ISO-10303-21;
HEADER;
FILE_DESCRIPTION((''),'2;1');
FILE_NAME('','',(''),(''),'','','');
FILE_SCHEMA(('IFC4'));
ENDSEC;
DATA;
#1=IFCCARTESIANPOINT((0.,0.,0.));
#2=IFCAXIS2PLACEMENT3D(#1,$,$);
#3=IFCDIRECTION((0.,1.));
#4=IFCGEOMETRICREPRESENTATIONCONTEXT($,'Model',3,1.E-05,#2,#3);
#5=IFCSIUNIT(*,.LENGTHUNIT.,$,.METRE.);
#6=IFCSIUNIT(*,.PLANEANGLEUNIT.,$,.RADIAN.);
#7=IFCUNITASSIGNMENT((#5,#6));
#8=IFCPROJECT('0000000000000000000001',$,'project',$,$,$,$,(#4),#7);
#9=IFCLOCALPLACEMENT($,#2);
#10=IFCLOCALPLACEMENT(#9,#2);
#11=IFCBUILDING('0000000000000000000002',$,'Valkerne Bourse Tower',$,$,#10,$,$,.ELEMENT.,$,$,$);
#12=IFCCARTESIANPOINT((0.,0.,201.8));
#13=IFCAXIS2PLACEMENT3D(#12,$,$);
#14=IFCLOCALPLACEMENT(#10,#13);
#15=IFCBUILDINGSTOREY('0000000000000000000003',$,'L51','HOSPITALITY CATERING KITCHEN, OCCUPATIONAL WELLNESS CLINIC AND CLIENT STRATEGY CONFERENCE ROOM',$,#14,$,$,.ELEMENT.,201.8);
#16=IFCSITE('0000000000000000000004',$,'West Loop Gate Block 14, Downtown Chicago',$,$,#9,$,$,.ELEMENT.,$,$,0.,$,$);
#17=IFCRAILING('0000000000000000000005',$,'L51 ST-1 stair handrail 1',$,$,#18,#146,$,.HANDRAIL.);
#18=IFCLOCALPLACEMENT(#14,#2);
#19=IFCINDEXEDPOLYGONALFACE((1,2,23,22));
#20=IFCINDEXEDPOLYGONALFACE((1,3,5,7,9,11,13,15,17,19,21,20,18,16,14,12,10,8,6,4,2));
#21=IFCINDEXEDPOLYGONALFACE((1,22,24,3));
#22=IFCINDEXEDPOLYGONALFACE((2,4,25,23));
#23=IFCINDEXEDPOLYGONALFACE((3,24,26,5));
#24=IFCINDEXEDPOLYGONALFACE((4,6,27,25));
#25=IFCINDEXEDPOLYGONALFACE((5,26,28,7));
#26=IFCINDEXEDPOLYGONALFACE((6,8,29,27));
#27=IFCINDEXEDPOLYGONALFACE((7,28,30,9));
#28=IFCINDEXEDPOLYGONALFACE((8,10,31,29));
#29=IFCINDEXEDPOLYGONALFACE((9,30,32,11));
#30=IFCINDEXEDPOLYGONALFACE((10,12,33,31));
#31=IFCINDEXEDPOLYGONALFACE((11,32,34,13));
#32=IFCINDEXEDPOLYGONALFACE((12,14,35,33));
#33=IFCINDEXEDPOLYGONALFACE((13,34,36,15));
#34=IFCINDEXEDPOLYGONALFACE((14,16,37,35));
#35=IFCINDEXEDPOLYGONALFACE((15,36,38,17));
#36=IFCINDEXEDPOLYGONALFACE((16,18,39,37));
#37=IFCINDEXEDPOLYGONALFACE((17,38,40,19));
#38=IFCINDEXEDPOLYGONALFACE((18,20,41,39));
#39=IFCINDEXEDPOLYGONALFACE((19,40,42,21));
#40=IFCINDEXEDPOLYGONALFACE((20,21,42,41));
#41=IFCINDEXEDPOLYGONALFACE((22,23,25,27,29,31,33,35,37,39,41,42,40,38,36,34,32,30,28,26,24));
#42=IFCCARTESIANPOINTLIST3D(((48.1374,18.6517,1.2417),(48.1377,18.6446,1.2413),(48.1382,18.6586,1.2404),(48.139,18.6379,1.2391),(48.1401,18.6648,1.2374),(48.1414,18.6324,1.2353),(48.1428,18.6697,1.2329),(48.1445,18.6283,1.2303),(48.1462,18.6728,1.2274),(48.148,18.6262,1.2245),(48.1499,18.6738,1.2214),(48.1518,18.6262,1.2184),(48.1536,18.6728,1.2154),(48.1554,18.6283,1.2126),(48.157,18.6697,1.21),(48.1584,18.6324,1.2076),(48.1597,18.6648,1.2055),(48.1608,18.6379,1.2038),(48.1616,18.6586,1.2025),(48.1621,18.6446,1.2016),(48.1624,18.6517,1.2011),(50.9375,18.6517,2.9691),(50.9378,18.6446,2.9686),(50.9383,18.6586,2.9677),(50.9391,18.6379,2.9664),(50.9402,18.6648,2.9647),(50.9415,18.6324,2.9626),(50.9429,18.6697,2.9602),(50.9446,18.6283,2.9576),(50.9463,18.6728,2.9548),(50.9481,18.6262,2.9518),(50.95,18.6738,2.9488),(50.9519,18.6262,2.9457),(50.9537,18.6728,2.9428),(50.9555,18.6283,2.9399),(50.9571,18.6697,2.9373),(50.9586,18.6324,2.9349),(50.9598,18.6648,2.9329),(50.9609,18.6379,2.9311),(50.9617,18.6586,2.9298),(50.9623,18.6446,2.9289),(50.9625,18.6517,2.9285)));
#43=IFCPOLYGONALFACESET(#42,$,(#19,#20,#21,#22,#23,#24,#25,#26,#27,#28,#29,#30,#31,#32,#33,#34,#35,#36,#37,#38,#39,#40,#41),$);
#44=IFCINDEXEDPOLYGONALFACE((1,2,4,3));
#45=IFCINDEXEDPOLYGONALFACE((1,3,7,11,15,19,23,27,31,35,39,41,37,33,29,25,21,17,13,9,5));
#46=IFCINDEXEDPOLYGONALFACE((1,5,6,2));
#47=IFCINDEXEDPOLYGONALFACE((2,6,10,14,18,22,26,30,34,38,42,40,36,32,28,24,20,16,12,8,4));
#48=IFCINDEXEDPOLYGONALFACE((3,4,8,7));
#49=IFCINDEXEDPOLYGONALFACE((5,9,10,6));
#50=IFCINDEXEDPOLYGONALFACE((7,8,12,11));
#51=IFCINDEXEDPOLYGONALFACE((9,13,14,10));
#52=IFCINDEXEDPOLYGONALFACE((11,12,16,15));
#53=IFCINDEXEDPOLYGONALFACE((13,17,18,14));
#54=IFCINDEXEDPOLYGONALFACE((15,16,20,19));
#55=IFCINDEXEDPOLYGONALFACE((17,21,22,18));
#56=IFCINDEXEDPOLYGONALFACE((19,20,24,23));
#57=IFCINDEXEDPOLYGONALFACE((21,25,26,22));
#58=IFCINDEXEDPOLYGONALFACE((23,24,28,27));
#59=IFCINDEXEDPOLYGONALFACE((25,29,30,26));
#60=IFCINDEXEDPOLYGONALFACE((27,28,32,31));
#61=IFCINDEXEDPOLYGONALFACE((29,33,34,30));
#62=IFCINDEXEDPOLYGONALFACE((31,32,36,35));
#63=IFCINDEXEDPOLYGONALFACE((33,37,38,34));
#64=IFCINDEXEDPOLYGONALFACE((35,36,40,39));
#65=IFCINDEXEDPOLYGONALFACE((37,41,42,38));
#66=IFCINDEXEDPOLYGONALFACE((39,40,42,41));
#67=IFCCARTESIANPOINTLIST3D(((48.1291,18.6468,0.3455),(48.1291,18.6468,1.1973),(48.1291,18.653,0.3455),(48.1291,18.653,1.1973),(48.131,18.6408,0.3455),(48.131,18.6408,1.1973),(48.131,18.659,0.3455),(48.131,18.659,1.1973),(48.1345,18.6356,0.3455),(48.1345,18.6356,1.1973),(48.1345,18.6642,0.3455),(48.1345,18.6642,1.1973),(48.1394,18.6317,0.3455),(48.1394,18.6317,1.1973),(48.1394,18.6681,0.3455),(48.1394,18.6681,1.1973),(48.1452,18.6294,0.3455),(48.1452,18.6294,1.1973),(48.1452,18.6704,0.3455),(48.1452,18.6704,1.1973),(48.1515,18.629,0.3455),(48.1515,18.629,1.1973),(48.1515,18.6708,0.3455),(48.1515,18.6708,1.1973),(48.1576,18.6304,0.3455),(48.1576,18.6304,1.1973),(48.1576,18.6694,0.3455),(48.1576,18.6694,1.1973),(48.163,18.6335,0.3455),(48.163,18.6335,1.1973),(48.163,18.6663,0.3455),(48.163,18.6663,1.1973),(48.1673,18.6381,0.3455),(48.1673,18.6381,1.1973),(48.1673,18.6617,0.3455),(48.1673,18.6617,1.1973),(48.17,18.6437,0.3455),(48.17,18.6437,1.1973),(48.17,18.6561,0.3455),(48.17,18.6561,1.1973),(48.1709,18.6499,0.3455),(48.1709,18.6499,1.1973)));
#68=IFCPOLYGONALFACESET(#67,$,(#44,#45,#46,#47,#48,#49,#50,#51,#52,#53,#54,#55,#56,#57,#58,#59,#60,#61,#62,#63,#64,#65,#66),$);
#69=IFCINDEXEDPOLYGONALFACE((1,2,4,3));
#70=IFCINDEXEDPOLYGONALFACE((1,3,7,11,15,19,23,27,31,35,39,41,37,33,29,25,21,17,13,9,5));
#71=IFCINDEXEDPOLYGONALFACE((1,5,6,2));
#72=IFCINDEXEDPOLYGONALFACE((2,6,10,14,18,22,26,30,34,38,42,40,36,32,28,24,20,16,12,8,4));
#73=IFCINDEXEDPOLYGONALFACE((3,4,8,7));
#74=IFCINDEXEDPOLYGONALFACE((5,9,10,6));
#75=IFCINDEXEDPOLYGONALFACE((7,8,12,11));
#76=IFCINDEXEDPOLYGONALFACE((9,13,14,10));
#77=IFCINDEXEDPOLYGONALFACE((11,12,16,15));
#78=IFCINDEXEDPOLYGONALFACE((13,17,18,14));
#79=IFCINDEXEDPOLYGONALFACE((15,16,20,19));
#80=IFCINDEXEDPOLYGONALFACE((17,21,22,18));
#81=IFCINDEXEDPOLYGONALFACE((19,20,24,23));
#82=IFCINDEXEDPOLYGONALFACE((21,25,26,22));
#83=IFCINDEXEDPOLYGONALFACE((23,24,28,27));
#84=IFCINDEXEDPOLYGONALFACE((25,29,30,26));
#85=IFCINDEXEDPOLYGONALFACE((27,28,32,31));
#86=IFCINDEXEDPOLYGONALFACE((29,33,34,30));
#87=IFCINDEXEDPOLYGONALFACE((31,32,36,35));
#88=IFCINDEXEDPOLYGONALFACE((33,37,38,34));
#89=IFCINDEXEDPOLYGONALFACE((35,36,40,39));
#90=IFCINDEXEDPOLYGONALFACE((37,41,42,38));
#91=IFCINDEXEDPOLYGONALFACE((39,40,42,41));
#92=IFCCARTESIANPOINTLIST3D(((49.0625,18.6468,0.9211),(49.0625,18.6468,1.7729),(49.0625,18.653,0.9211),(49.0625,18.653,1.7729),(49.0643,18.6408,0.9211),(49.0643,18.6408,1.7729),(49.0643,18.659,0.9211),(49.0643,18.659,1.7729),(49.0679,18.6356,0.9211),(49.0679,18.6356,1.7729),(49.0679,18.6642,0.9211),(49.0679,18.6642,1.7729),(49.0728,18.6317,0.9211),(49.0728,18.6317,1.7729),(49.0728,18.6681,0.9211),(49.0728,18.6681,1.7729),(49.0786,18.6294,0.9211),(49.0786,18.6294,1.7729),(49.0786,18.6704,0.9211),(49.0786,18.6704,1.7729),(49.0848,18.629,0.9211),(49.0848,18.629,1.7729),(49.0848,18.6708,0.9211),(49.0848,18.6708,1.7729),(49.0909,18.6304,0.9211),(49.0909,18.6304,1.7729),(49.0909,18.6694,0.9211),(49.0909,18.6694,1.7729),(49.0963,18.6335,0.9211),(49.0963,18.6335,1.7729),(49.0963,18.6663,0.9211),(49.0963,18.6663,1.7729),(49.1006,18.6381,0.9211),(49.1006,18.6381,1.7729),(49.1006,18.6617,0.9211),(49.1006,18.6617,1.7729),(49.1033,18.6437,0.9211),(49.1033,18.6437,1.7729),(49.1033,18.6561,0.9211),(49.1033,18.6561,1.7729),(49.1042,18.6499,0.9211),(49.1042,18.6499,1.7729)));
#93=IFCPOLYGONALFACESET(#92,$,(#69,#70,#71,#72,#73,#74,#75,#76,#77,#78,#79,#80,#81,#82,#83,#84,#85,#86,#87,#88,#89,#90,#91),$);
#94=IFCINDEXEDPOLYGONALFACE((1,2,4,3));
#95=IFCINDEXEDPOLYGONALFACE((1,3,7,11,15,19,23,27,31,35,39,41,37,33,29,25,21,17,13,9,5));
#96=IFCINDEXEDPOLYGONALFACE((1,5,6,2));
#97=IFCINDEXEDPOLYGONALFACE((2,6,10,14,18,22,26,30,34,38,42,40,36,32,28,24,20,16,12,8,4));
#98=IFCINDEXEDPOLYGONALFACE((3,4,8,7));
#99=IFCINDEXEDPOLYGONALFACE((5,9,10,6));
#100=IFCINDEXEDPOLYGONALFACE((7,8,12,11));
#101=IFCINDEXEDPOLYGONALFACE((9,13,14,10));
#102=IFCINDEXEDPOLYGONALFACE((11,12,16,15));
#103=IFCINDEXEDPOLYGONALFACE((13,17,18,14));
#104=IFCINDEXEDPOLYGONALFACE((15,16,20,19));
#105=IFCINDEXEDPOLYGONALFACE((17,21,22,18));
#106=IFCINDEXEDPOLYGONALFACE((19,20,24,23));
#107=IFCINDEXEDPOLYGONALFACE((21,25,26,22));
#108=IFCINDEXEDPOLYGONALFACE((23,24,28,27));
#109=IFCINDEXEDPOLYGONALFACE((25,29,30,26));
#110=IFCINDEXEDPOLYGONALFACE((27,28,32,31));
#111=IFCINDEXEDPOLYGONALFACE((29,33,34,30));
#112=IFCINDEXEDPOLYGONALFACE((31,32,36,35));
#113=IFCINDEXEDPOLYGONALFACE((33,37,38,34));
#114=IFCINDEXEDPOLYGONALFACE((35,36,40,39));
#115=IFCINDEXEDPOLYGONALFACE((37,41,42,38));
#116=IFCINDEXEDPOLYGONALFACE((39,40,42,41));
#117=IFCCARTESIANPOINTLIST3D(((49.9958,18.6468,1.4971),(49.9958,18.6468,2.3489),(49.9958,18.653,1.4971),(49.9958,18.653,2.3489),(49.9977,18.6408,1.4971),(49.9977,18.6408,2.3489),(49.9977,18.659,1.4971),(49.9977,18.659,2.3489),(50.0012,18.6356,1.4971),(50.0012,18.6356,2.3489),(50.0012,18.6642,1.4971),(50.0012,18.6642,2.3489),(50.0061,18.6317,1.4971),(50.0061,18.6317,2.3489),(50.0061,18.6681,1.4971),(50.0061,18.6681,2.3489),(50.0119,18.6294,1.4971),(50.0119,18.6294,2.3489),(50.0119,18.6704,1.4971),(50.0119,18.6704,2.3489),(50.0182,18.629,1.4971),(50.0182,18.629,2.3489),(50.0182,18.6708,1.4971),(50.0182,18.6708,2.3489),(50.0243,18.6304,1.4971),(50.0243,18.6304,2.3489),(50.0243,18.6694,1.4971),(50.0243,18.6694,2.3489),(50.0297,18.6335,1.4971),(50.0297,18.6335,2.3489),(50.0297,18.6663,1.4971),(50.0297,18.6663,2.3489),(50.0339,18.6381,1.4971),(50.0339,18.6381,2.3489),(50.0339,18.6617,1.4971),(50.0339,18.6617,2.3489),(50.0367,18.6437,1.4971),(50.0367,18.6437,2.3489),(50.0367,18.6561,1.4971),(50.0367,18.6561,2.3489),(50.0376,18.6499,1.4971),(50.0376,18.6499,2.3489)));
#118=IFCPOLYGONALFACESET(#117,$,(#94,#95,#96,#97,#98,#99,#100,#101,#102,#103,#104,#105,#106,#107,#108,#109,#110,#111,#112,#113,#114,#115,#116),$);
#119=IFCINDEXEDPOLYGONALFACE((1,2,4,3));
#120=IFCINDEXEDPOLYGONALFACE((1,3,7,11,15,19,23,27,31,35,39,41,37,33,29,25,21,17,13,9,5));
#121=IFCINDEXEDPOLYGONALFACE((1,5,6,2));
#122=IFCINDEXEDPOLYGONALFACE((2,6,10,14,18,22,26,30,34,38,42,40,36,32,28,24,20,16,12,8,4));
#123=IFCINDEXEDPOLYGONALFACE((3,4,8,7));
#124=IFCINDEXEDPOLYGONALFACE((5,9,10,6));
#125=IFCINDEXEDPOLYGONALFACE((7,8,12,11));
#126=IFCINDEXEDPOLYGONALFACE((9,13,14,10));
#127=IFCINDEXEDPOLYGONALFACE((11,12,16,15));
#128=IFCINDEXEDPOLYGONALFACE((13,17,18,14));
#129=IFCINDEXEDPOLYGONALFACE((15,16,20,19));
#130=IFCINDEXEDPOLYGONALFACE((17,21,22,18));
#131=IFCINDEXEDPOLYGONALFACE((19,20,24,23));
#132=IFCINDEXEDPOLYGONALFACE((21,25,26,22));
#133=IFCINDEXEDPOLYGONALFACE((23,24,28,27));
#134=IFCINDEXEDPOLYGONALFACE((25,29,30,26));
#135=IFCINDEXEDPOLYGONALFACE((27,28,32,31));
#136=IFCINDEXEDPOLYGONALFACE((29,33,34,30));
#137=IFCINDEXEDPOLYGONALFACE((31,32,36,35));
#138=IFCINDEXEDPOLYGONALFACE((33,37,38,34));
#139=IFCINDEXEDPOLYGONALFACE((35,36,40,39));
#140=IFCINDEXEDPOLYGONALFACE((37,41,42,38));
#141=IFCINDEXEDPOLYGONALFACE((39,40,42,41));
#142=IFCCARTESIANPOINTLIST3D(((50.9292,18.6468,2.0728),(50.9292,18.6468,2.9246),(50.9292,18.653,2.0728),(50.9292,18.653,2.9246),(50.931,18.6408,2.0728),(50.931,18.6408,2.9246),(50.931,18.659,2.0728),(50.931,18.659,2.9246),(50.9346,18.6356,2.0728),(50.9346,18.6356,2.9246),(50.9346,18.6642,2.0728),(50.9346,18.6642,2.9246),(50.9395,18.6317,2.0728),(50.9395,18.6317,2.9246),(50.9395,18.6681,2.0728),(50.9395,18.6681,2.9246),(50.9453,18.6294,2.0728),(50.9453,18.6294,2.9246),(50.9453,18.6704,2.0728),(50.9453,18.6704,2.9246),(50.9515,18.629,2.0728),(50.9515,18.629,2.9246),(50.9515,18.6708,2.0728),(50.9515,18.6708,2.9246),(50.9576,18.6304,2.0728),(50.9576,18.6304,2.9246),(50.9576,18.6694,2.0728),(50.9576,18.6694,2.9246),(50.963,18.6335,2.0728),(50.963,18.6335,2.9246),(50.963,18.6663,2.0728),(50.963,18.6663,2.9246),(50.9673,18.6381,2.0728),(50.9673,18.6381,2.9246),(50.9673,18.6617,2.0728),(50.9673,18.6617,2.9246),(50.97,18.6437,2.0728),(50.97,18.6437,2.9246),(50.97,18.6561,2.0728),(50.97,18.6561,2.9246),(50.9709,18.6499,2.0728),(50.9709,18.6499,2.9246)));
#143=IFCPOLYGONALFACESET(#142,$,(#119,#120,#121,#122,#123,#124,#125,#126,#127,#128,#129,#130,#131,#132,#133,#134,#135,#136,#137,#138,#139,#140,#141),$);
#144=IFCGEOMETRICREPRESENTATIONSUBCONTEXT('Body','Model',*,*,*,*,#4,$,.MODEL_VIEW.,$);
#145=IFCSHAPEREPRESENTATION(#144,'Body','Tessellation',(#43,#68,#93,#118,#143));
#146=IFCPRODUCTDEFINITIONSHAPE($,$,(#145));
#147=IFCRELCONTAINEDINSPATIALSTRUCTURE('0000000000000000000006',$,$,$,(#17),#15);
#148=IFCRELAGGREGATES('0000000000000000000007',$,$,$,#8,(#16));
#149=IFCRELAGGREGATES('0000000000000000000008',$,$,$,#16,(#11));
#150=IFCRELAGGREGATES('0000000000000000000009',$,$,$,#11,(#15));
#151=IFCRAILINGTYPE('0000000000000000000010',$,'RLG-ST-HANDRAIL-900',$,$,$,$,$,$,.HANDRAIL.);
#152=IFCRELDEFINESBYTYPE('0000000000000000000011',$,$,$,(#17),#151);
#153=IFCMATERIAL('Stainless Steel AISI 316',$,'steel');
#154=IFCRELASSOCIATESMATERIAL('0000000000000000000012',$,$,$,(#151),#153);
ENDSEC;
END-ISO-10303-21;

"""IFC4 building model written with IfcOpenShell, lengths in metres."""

from ifc_helpers import new_model, si_unit, direction, frame, origin, origin_2d, place, context, subcontext, project, spatial, circle, extrude, material, type_object, element, save


model = new_model("IFC4")

# Units and contexts
model_context = context("Model", 3, precision=1e-05, world=origin(), true_north=direction((0.0, 1.0)))
body_context = subcontext(model_context, "Body", "Model", "MODEL_VIEW")
ifc_project = project(units=[si_unit("LENGTHUNIT", "METRE"), si_unit("PLANEANGLEUNIT", "RADIAN")], contexts=[model_context])

# Site, building, storey
site_placement = place(None, origin())
site = spatial("IfcSite", under=ifc_project, at=site_placement, Name="West Loop Gate Block 14, Downtown Chicago", CompositionType="ELEMENT", RefElevation=0.0)
building_placement = place(site_placement, origin())
building = spatial("IfcBuilding", under=site, at=building_placement, Name="Valkerne Bourse Tower", CompositionType="ELEMENT")
storey_placement = place(building_placement, frame((0.0, 0.0, 201.8)))
storey = spatial("IfcBuildingStorey", under=building, at=storey_placement, Name="L51", Description="HOSPITALITY CATERING KITCHEN, OCCUPATIONAL WELLNESS CLINIC AND CLIENT STRATEGY CONFERENCE ROOM", CompositionType="ELEMENT", Elevation=201.8)

# Shared definitions
ifc_material_1 = material(Name="Stainless Steel AISI 316", Category="steel")

# Railing
railing_type_1 = type_object("IfcRailingType", Name="RLG-ST-HANDRAIL-900", PredefinedType="HANDRAIL", material=ifc_material_1)
railing_1_placement = place(storey_placement, frame((48.1499, 18.6499, 0.3455)))
element("IfcRailing", 1, at=railing_1_placement, inside=storey, type_object=railing_type_1, Name="L51 ST-1 stair handrail 1", PredefinedType="HANDRAIL", context=body_context, shape_type="SweptSolid", body=[
    extrude(circle(Radius=0.0239, at=origin_2d()), frame((0.0, 0.0, 0.876), z_axis=(0.85109, 0.0, 0.52502), x_axis=(0.0, 1.0, 0.0)), (0.0, 0.0, 1.0), 3.29),
    extrude(circle(Radius=0.021, at=origin_2d()), origin(), (0.0, 0.0, 1.0), 0.8518),
    extrude(circle(Radius=0.021, at=origin_2d()), frame((0.9333, 0.0, 0.5757)), (0.0, 0.0, 1.0), 0.8518),
    extrude(circle(Radius=0.021, at=origin_2d()), frame((1.8667, 0.0, 1.1516)), (0.0, 0.0, 1.0), 0.8518),
    extrude(circle(Radius=0.021, at=origin_2d()), frame((2.8, 0.0, 1.7273)), (0.0, 0.0, 1.0), 0.8518),
])

save(model, "model.ifc")
